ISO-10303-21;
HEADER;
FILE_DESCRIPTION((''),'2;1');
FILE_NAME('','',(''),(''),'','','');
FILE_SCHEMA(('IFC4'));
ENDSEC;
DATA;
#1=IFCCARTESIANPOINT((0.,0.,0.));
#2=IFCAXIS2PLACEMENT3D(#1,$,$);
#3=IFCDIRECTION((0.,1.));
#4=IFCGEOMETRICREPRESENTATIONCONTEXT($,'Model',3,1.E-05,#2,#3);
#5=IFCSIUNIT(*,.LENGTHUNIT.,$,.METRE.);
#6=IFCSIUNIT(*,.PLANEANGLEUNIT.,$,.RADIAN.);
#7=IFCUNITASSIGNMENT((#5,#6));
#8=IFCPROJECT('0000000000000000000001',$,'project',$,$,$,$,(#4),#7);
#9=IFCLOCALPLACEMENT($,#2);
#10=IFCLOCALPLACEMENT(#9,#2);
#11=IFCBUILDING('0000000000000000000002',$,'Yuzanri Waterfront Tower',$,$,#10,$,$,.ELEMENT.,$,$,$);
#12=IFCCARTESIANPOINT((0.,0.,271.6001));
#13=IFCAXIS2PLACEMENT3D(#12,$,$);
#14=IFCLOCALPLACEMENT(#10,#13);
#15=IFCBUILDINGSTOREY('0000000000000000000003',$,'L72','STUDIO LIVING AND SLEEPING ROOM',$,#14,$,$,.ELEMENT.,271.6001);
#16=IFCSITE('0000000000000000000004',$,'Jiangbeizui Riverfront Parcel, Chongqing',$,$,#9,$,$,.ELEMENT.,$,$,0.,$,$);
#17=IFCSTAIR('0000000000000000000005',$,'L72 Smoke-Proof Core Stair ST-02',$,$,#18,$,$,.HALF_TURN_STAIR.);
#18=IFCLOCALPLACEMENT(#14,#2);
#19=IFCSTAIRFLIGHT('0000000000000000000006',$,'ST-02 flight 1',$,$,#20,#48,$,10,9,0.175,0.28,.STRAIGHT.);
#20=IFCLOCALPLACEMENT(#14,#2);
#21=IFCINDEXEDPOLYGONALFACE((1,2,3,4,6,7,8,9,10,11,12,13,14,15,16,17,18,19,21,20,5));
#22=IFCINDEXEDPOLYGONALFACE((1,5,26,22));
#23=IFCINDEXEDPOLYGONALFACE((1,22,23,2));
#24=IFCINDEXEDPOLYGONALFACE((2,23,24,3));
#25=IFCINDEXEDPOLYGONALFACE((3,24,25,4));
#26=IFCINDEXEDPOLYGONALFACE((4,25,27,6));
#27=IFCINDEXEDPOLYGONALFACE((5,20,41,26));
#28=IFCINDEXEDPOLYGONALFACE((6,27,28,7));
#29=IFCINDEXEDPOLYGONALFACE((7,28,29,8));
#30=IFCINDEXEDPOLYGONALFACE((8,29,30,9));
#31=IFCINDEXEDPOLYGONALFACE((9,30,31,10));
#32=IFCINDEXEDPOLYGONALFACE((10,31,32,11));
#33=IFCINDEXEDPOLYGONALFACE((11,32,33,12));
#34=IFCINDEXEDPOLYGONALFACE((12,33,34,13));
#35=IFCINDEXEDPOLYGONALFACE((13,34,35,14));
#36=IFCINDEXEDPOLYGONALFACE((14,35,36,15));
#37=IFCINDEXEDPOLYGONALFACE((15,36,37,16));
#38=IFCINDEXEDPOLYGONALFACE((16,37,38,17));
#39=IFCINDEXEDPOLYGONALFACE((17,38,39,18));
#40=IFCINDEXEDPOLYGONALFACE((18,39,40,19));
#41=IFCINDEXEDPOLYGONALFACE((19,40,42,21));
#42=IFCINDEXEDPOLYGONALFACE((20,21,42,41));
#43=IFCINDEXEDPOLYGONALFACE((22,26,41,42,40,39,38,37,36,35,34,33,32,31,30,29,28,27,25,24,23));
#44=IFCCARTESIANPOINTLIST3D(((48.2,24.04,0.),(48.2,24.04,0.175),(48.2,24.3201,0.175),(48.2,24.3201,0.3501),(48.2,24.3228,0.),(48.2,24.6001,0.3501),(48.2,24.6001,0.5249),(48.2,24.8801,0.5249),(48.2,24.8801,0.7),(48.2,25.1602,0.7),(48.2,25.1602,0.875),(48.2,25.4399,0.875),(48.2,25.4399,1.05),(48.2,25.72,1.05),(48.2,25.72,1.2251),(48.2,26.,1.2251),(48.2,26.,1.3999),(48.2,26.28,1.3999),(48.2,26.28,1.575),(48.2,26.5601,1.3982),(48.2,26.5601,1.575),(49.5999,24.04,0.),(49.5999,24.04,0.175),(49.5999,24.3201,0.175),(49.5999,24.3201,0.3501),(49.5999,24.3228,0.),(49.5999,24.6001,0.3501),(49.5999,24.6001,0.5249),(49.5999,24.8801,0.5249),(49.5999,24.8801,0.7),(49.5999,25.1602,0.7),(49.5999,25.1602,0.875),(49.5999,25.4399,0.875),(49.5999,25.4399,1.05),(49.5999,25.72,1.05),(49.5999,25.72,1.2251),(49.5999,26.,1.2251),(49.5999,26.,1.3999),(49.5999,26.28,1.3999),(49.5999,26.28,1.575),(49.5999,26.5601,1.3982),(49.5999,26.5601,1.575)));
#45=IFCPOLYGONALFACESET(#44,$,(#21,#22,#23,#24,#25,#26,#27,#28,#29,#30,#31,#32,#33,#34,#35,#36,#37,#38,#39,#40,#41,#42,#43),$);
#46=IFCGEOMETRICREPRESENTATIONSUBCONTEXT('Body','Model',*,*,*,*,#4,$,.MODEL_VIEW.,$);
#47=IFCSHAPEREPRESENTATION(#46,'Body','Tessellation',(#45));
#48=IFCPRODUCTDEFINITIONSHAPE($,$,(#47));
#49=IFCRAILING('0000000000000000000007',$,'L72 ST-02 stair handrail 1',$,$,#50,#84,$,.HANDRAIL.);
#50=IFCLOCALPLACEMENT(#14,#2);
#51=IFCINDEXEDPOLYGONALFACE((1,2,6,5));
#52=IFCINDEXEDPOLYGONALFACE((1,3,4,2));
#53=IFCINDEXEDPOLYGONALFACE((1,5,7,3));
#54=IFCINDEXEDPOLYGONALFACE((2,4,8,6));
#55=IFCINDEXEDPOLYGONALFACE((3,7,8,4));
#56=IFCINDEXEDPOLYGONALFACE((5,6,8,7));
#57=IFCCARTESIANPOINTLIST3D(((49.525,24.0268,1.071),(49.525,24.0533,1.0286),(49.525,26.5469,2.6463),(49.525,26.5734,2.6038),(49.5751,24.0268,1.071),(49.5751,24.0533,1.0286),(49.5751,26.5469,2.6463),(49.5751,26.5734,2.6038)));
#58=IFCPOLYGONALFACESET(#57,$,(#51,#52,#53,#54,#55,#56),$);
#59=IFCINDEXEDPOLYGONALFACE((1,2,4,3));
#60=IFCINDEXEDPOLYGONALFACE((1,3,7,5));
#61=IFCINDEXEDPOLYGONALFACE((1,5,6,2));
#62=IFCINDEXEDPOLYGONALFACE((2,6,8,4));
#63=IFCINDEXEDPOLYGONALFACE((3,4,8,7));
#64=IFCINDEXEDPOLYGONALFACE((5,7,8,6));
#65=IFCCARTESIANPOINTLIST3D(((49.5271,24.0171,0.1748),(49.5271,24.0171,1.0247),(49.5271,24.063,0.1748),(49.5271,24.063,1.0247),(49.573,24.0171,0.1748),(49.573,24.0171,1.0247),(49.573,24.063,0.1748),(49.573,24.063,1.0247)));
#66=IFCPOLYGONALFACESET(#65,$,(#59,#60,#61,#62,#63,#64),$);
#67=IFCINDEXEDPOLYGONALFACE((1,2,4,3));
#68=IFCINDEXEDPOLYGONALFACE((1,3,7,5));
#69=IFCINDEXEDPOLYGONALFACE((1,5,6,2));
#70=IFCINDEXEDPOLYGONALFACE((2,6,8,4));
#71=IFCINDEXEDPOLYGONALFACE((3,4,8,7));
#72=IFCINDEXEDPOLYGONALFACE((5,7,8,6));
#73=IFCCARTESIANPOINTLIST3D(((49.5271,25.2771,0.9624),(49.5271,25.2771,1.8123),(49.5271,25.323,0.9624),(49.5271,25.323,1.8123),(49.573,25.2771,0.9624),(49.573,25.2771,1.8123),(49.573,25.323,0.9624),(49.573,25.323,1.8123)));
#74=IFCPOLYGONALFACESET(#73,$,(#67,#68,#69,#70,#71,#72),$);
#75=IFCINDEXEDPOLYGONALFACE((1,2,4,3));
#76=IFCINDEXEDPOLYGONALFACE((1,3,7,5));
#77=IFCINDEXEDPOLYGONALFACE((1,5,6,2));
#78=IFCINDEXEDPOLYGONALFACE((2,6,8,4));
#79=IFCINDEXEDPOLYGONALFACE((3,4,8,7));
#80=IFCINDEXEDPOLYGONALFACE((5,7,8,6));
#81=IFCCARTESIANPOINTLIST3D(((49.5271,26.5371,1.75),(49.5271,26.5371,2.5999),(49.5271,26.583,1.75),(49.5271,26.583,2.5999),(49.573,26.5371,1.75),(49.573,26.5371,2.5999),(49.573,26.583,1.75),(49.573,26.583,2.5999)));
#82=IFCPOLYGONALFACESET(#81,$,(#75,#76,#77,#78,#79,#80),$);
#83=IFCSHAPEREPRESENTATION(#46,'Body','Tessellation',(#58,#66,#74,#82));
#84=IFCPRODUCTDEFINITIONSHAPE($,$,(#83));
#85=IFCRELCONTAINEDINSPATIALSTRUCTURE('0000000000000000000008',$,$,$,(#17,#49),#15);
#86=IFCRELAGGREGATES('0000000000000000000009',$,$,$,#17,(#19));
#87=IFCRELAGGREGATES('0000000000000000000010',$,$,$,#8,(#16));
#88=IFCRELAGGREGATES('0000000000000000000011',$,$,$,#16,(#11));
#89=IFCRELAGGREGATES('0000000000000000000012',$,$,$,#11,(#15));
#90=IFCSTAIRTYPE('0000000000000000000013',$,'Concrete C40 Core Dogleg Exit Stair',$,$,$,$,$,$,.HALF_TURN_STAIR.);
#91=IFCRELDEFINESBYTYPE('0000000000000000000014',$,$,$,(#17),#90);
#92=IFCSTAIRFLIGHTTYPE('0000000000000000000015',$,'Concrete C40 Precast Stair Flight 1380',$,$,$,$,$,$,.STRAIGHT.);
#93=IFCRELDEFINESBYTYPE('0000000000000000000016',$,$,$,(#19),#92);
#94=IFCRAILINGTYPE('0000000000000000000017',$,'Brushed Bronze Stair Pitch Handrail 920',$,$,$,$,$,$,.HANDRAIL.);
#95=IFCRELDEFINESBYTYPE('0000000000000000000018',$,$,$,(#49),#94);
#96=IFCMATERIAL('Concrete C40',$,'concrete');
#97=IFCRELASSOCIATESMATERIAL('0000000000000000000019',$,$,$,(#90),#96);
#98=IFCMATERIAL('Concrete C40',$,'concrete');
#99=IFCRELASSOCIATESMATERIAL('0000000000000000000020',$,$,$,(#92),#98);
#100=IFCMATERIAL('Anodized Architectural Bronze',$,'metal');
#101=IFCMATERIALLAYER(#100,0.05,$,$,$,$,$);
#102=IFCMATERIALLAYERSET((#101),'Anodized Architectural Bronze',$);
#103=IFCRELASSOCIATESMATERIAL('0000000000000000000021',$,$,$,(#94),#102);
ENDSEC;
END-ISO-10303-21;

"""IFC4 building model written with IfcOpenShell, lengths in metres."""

from ifc_helpers import new_model, si_unit, direction, frame, origin, origin_2d, place, context, subcontext, project, spatial, polyline, rectangle, outline, extrude, source, transform, mapped, material, layer, layer_set, type_object, element, aggregate, save


model = new_model("IFC4")

# Units and contexts
model_context = context("Model", 3, precision=1e-05, world=origin(), true_north=direction((0.0, 1.0)))
body_context = subcontext(model_context, "Body", "Model", "MODEL_VIEW")
ifc_project = project(units=[si_unit("LENGTHUNIT", "METRE"), si_unit("PLANEANGLEUNIT", "RADIAN")], contexts=[model_context])

# Site, building, storey
site_placement = place(None, origin())
site = spatial("IfcSite", under=ifc_project, at=site_placement, Name="Jiangbeizui Riverfront Parcel, Chongqing", CompositionType="ELEMENT", RefElevation=0.0)
building_placement = place(site_placement, origin())
building = spatial("IfcBuilding", under=site, at=building_placement, Name="Yuzanri Waterfront Tower", CompositionType="ELEMENT")
storey_placement = place(building_placement, frame((0.0, 0.0, 271.6001)))
storey = spatial("IfcBuildingStorey", under=building, at=storey_placement, Name="L72", Description="STUDIO LIVING AND SLEEPING ROOM", CompositionType="ELEMENT", Elevation=271.6001)

# Stair, stair flight
ifc_material_1 = material(Name="Concrete C40", Category="concrete")
stair_type = type_object("IfcStairType", Name="Concrete C40 Core Dogleg Exit Stair", PredefinedType="HALF_TURN_STAIR", material=ifc_material_1)
stair_placement = place(storey_placement, origin())
stair = element("IfcStair", 1, at=stair_placement, inside=storey, type_object=stair_type, Name="L72 Smoke-Proof Core Stair ST-02", PredefinedType="HALF_TURN_STAIR")
ifc_material_2 = material(Name="Concrete C40", Category="concrete")
stair_flight_type = type_object("IfcStairFlightType", Name="Concrete C40 Precast Stair Flight 1380", PredefinedType="STRAIGHT", material=ifc_material_2)
shared_shape_1 = source(origin(), body_context, "Body", "SweptSolid", [
    extrude(outline(polyline([(0.0, 0.0), (0.0, 0.175), (0.28, 0.175), (0.28, 0.3501), (0.5601, 0.3501), (0.5601, 0.5249), (0.8401, 0.5249), (0.8401, 0.7), (1.1201, 0.7), (1.1201, 0.875), (1.3999, 0.875), (1.3999, 1.05), (1.6799, 1.05), (1.6799, 1.2251), (1.96, 1.2251), (1.96, 1.3999), (2.24, 1.3999), (2.24, 1.575), (2.52, 1.575), (2.52, 1.75), (2.52, 1.3982), (0.2827, 0.0), (0.0, 0.0)])), frame((0.0, 0.7, 0.0), z_axis=(0.0, -1.0, 0.0), x_axis=(1.0, 0.0, 0.0)), (0.0, 0.0, 1.0), 1.3999),
])
stair_flight_placement = place(storey_placement, frame((48.8999, 24.04, 0.0), z_axis=(0.0, 0.0, 1.0), x_axis=(0.0, 1.0, 0.0)))
stair_flight = element("IfcStairFlight", 2, at=stair_flight_placement, type_object=stair_flight_type, Name="ST-02 flight 1", NumberOfRisers=10, NumberOfTreads=9, PredefinedType="STRAIGHT", RiserHeight=0.175, TreadLength=0.28, context=body_context, shape_type="MappedRepresentation", body=[
    mapped(shared_shape_1, transform((0.0, 0.0, 0.0), scale=1.0)),
])
aggregate(stair, [stair_flight])

# Railing
ifc_material_3 = material(Name="Anodized Architectural Bronze", Category="metal")
ifc_layer_1 = layer(ifc_material_3, 0.05)
ifc_layer_set_1 = layer_set([ifc_layer_1], Name="Anodized Architectural Bronze")
railing_type = type_object("IfcRailingType", Name="Brushed Bronze Stair Pitch Handrail 920", PredefinedType="HANDRAIL", material=ifc_layer_set_1)
shared_shape_2 = source(origin(), body_context, "Body", "SweptSolid", [
    extrude(rectangle(XDim=0.05, YDim=0.05, at=origin_2d()), frame((0.0, 0.0, 0.875), z_axis=(0.0, 0.847971, 0.530043), x_axis=(-1.0, 0.0, 0.0)), (0.0, 0.0, 1.0), 2.9719),
    extrude(rectangle(XDim=0.0459, YDim=0.0459, at=origin_2d()), origin(), (0.0, 0.0, 1.0), 0.8499),
    extrude(rectangle(XDim=0.0459, YDim=0.0459, at=origin_2d()), frame((0.0, 1.26, 0.7876)), (0.0, 0.0, 1.0), 0.8499),
    extrude(rectangle(XDim=0.0459, YDim=0.0459, at=origin_2d()), frame((0.0, 2.52, 1.5752)), (0.0, 0.0, 1.0), 0.8499),
])
railing_placement = place(storey_placement, frame((49.55, 24.04, 0.1748)))
element("IfcRailing", 3, at=railing_placement, inside=storey, type_object=railing_type, Name="L72 ST-02 stair handrail 1", PredefinedType="HANDRAIL", context=body_context, shape_type="MappedRepresentation", body=[
    mapped(shared_shape_2, transform((0.0, 0.0, 0.0), scale=1.0)),
])

save(model, "model.ifc")
